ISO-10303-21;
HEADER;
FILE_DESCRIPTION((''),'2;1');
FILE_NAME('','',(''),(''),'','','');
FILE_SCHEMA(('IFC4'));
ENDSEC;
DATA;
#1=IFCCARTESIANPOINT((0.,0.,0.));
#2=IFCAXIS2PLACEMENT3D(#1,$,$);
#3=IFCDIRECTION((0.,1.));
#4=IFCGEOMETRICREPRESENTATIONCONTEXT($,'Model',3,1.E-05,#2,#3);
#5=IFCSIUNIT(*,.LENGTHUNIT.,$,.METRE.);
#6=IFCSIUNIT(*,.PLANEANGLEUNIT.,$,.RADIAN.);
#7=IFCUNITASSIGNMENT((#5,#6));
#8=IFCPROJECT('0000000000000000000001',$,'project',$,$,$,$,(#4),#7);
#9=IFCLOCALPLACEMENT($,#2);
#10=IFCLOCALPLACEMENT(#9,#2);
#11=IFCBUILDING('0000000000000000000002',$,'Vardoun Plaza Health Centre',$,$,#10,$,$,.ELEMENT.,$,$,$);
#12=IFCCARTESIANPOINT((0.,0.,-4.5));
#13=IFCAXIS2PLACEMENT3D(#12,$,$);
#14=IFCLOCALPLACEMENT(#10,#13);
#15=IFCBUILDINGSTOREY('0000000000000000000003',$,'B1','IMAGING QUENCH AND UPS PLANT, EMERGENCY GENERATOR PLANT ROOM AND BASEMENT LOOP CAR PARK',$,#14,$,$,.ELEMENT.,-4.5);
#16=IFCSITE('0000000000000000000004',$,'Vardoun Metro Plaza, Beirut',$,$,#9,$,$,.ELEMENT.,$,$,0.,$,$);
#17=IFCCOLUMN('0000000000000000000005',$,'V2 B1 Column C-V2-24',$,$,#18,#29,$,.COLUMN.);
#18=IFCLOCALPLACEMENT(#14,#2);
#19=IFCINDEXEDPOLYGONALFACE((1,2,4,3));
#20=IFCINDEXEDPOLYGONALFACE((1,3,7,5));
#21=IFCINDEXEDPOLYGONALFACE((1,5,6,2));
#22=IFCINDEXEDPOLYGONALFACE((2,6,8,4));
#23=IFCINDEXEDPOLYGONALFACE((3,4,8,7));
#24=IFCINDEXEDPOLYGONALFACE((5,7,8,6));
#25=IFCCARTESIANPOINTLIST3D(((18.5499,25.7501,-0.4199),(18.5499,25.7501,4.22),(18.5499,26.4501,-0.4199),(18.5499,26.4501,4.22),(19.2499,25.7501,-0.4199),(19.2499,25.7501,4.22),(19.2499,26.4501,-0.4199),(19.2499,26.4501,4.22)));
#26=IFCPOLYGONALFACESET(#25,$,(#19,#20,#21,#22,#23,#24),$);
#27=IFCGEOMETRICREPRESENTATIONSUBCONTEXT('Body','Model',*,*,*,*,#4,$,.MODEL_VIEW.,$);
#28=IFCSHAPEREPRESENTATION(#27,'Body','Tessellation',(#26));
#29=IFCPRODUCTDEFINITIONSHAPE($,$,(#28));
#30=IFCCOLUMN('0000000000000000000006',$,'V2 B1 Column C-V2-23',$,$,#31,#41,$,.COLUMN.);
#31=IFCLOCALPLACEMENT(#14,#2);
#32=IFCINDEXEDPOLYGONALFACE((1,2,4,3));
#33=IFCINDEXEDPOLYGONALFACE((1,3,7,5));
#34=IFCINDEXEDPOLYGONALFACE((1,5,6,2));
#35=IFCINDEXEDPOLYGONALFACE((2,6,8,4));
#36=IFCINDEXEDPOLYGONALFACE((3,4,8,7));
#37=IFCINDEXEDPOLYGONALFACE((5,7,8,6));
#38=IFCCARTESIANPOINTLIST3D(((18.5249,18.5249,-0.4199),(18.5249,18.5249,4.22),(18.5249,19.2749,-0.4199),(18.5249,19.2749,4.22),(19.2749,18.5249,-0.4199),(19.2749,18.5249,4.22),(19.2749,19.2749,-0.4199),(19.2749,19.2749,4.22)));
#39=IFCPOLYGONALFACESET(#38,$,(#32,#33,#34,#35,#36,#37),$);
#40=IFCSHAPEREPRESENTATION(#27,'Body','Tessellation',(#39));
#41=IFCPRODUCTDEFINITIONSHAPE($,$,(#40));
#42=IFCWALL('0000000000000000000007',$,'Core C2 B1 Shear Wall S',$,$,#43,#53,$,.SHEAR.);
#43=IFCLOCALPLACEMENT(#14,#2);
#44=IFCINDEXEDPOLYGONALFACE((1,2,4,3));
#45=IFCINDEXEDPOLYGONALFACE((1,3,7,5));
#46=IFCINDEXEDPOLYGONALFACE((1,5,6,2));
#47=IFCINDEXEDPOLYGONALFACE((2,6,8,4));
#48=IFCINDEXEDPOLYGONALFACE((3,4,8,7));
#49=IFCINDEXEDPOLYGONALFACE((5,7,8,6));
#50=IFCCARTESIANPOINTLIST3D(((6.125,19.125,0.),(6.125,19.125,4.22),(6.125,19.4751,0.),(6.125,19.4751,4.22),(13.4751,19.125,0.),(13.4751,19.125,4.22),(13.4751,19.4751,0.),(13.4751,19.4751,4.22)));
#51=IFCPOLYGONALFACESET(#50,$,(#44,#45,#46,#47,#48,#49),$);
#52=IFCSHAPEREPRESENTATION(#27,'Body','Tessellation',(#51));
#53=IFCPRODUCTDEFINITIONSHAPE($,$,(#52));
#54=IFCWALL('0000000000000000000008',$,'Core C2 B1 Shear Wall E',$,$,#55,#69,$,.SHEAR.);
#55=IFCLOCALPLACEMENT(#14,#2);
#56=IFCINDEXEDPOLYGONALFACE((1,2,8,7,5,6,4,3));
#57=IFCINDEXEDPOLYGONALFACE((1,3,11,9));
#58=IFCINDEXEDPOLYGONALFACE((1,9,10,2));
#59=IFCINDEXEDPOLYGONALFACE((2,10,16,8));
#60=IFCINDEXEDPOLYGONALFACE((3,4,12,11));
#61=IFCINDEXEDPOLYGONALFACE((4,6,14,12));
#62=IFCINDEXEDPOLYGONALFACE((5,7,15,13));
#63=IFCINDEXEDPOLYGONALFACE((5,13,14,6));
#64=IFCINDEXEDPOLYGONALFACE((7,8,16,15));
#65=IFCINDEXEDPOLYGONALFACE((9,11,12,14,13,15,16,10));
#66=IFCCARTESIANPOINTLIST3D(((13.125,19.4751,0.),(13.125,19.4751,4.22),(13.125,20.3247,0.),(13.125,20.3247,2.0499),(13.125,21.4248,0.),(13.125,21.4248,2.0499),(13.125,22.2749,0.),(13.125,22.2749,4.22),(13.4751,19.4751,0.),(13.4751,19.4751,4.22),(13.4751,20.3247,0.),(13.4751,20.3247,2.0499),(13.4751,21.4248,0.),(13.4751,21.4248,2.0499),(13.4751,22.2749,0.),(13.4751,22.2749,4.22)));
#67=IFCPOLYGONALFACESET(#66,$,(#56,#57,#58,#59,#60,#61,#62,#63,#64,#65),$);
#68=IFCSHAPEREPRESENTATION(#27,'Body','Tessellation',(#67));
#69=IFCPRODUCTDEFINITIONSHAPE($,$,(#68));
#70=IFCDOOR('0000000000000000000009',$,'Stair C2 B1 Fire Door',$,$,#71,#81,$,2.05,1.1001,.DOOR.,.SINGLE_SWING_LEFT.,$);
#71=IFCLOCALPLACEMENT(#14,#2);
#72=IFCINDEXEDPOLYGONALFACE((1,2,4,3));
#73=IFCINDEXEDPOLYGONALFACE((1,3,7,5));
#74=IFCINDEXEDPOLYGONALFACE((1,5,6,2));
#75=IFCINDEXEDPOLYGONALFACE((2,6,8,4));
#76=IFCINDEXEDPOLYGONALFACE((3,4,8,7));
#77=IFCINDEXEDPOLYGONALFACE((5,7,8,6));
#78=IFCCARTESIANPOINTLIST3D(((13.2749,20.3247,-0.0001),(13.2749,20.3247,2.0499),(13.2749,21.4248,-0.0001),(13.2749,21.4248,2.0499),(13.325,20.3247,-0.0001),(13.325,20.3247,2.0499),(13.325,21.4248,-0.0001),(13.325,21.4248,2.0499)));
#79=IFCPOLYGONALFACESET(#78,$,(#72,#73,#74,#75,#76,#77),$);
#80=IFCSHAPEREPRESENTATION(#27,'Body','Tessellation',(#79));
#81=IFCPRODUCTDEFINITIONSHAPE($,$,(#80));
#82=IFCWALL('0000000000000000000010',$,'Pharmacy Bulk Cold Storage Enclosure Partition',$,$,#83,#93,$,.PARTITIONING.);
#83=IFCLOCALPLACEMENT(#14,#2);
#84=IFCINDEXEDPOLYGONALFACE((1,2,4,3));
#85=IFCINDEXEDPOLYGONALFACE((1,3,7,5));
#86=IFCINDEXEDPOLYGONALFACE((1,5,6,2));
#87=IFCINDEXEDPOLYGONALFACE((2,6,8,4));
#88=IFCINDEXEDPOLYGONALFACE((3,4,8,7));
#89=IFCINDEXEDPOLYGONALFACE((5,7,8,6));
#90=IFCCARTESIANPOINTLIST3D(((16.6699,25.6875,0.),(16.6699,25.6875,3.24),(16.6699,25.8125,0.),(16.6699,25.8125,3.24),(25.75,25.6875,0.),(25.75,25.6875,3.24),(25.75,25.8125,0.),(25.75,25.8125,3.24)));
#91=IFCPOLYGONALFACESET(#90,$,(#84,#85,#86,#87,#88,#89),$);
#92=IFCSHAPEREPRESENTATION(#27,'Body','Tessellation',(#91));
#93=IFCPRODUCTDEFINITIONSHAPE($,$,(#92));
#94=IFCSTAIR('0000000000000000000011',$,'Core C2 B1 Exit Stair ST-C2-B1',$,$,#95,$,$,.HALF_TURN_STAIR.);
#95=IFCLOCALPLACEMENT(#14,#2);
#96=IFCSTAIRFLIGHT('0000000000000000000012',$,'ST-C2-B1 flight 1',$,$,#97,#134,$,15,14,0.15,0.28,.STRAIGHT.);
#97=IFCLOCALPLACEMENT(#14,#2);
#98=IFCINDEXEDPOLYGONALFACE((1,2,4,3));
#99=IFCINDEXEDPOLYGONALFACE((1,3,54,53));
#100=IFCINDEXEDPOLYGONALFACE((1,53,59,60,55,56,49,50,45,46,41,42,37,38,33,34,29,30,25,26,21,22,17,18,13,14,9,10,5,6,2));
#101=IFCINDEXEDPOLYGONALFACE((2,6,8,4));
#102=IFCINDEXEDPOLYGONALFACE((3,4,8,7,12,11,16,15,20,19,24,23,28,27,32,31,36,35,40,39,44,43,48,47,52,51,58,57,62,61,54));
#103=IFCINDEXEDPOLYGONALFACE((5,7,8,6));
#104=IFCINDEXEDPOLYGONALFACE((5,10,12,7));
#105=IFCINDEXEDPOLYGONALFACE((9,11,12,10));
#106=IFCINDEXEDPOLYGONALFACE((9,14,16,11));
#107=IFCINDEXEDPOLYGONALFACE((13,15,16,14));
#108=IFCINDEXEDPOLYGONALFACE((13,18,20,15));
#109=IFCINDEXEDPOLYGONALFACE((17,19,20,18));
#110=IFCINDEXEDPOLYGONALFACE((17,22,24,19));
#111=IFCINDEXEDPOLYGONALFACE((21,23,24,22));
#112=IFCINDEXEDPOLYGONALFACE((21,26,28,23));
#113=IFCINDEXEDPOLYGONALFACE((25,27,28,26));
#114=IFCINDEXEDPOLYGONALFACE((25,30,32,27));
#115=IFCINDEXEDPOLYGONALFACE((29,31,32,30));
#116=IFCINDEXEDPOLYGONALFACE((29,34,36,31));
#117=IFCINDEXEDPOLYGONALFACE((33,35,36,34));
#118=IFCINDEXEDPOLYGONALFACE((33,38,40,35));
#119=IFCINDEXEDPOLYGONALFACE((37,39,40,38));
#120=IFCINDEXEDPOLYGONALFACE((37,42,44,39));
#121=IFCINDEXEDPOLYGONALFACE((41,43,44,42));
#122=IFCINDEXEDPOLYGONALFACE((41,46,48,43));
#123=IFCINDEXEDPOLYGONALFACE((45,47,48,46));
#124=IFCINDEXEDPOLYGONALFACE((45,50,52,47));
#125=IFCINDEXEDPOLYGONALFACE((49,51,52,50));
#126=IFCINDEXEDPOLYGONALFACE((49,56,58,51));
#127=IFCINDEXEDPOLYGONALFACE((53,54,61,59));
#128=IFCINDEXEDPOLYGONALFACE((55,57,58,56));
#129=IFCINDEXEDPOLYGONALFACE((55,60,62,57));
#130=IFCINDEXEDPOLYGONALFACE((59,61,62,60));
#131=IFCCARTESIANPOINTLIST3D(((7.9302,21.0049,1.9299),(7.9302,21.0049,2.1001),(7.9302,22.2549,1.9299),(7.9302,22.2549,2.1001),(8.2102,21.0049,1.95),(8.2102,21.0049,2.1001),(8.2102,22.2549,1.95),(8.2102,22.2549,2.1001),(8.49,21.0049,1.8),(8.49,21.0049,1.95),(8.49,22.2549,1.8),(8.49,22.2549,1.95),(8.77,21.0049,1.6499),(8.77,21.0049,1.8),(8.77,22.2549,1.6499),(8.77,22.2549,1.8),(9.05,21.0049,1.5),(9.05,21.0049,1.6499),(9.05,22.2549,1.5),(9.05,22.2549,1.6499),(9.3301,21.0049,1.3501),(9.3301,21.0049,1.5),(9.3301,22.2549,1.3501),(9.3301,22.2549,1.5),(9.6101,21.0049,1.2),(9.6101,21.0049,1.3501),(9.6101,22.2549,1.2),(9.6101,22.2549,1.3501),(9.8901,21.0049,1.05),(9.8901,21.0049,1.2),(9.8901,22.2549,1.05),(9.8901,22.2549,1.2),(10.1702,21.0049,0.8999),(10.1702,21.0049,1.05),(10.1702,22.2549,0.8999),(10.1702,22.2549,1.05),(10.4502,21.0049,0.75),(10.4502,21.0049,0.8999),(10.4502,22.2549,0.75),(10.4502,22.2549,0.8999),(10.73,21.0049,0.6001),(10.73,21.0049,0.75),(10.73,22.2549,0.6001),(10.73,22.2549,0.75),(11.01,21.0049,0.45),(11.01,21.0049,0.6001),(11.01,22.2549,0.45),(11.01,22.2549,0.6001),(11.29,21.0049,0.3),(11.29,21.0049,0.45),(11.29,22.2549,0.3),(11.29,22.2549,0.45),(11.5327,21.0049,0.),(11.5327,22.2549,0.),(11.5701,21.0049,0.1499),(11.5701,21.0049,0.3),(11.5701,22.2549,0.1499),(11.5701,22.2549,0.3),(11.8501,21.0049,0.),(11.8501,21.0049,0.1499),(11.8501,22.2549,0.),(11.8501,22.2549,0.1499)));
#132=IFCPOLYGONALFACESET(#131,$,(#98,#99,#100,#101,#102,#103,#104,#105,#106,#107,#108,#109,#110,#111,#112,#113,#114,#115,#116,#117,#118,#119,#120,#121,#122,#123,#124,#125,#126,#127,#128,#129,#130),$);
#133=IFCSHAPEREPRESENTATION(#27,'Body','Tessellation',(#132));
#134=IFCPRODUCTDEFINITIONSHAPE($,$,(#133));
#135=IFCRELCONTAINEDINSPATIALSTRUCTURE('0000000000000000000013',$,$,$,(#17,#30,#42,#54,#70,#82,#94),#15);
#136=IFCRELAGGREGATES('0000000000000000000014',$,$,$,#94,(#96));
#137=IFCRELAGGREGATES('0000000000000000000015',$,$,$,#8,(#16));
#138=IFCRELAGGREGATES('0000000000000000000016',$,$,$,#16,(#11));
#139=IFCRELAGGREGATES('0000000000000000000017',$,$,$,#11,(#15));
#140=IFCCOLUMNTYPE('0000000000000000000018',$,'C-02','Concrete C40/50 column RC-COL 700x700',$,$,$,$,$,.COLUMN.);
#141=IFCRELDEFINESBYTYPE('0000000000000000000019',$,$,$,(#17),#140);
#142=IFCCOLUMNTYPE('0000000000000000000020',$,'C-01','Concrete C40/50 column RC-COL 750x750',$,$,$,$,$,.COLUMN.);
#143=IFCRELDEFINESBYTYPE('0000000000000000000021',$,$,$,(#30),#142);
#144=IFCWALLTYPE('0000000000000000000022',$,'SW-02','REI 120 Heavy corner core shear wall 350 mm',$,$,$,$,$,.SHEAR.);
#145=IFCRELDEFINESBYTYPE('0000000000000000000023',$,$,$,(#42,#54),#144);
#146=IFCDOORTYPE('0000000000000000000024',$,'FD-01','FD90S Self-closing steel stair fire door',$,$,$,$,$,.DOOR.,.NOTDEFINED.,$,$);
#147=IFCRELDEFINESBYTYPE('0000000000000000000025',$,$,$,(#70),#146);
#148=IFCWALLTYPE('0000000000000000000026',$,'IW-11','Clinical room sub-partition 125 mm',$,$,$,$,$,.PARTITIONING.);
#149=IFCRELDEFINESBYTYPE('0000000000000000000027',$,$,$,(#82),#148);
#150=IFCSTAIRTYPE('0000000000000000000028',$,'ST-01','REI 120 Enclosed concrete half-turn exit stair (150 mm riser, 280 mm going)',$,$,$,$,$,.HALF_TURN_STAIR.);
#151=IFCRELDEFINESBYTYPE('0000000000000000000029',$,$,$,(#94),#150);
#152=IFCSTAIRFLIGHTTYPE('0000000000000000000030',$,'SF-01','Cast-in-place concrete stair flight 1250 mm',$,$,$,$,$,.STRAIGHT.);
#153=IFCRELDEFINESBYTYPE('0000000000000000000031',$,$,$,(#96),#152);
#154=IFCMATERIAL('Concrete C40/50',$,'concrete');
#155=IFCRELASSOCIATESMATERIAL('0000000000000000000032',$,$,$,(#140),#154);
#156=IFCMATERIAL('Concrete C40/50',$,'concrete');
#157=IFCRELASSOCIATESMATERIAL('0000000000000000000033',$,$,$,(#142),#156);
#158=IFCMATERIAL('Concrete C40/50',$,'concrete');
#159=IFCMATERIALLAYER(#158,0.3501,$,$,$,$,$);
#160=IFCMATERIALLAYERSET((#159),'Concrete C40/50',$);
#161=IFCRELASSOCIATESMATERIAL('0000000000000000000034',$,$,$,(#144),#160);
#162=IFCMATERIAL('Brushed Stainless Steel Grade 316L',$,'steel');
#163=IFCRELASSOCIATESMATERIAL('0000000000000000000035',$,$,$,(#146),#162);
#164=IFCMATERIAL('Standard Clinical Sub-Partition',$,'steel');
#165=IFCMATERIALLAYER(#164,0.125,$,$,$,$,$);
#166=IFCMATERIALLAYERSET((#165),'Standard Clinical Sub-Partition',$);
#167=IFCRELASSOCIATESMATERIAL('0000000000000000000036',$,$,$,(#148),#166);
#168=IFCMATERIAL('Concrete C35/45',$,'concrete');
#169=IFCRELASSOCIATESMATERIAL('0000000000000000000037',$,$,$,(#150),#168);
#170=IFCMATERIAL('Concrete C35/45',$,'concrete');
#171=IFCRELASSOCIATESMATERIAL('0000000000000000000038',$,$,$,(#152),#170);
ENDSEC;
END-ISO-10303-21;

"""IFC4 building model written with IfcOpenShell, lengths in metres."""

from ifc_helpers import new_model, si_unit, direction, frame, frame_2d, origin, origin_2d, place, context, subcontext, project, spatial, polyline, rectangle, outline, extrude, material, layer, layer_set, material_profile, profile_set, type_object, element, fill, aggregate, save


model = new_model("IFC4")

# Units and contexts
model_context = context("Model", 3, precision=1e-05, world=origin(), true_north=direction((0.0, 1.0)))
body_context = subcontext(model_context, "Body", "Model", "MODEL_VIEW")
ifc_project = project(units=[si_unit("LENGTHUNIT", "METRE"), si_unit("PLANEANGLEUNIT", "RADIAN")], contexts=[model_context])

# Site, building, storey
site_placement = place(None, origin())
site = spatial("IfcSite", under=ifc_project, at=site_placement, Name="Vardoun Metro Plaza, Beirut", CompositionType="ELEMENT", RefElevation=0.0)
building_placement = place(site_placement, origin())
building = spatial("IfcBuilding", under=site, at=building_placement, Name="Vardoun Plaza Health Centre", CompositionType="ELEMENT")
storey_placement = place(building_placement, frame((0.0, 0.0, -4.5)))
storey = spatial("IfcBuildingStorey", under=building, at=storey_placement, Name="B1", Description="IMAGING QUENCH AND UPS PLANT, EMERGENCY GENERATOR PLANT ROOM AND BASEMENT LOOP CAR PARK", CompositionType="ELEMENT", Elevation=-4.5)

# Columns
ifc_material_1 = material(Name="Concrete C40/50", Category="concrete")
ifc_material_profile_1 = material_profile(ifc_material_1, rectangle(XDim=0.7, YDim=0.7, at=origin_2d()), Name="RC-COL 700x700")
ifc_profile_set_1 = profile_set([ifc_material_profile_1], Name="Concrete C40/50")
column_type_1 = type_object("IfcColumnType", Name="C-02", Description="Concrete C40/50 column RC-COL 700x700", PredefinedType="COLUMN", material=ifc_profile_set_1)
column_1_placement = place(storey_placement, frame((18.8999, 26.1001, -0.4199), z_axis=(0.0, 0.0, 1.0), x_axis=(1.0, 0.0, 0.0)))
element("IfcColumn", 1, at=column_1_placement, inside=storey, type_object=column_type_1, Name="V2 B1 Column C-V2-24", PredefinedType="COLUMN", context=body_context, shape_type="SweptSolid", body=[
    extrude(rectangle(XDim=0.7, YDim=0.7, at=origin_2d()), origin(), (0.0, 0.0, 1.0), 4.6399),
])
ifc_material_2 = material(Name="Concrete C40/50", Category="concrete")
ifc_material_profile_2 = material_profile(ifc_material_2, rectangle(XDim=0.75, YDim=0.75, at=origin_2d()), Name="RC-COL 750x750")
ifc_profile_set_2 = profile_set([ifc_material_profile_2], Name="Concrete C40/50")
column_type_2 = type_object("IfcColumnType", Name="C-01", Description="Concrete C40/50 column RC-COL 750x750", PredefinedType="COLUMN", material=ifc_profile_set_2)
column_2_placement = place(storey_placement, frame((18.8999, 18.8999, -0.4199), z_axis=(0.0, 0.0, 1.0), x_axis=(1.0, 0.0, 0.0)))
element("IfcColumn", 2, at=column_2_placement, inside=storey, type_object=column_type_2, Name="V2 B1 Column C-V2-23", PredefinedType="COLUMN", context=body_context, shape_type="SweptSolid", body=[
    extrude(rectangle(XDim=0.75, YDim=0.75, at=origin_2d()), origin(), (0.0, 0.0, 1.0), 4.6399),
])

# Wall
ifc_material_3 = material(Name="Concrete C40/50", Category="concrete")
ifc_layer_1 = layer(ifc_material_3, 0.3501)
ifc_layer_set_1 = layer_set([ifc_layer_1], Name="Concrete C40/50")
wall_type_1 = type_object("IfcWallType", Name="SW-02", Description="REI 120 Heavy corner core shear wall 350 mm", PredefinedType="SHEAR", material=ifc_layer_set_1)
wall_1_placement = place(storey_placement, frame((13.4751, 19.3, 0.0), z_axis=(0.0, 0.0, 1.0), x_axis=(-1.0, 0.0, 0.0)))
element("IfcWall", 3, at=wall_1_placement, inside=storey, type_object=wall_type_1, Name="Core C2 B1 Shear Wall S", PredefinedType="SHEAR", context=body_context, shape_type="SweptSolid", body=[
    extrude(rectangle(XDim=7.3501, YDim=0.3501, at=frame_2d((3.675, 0.0))), origin(), (0.0, 0.0, 1.0), 4.22),
])

# Wall, opening, door
wall_2_placement = place(storey_placement, frame((13.3, 22.2749, 0.0), z_axis=(0.0, 0.0, 1.0), x_axis=(0.0, -1.0, 0.0)))
wall_2 = element("IfcWall", 4, at=wall_2_placement, inside=storey, type_object=wall_type_1, Name="Core C2 B1 Shear Wall E", PredefinedType="SHEAR", context=body_context, shape_type="SweptSolid", body=[
    extrude(rectangle(XDim=2.7998, YDim=0.3501, at=frame_2d((1.3999, 0.0))), origin(), (0.0, 0.0, 1.0), 4.22),
])
opening_1_placement = place(wall_2_placement, frame((0.8501, 0.0, 0.0)))
opening_1 = element("IfcOpeningElement", 5, at=opening_1_placement, cuts=wall_2, PredefinedType="OPENING", context=body_context, shape_type="SweptSolid", body=[
    extrude(rectangle(XDim=1.1001, YDim=2.05, at=frame_2d((0.55, 1.0249))), frame((0.0, 0.175, 0.0), z_axis=(0.0, -1.0, 0.0), x_axis=(1.0, 0.0, 0.0)), (0.0, 0.0, 1.0), 0.3501),
])
ifc_material_4 = material(Name="Brushed Stainless Steel Grade 316L", Category="steel")
door_type_1 = type_object("IfcDoorType", Name="FD-01", Description="FD90S Self-closing steel stair fire door", OperationType="NOTDEFINED", PredefinedType="DOOR", material=ifc_material_4)
door_1_placement = place(opening_1_placement, origin())
door_1 = element("IfcDoor", 6, at=door_1_placement, inside=storey, type_object=door_type_1, Name="Stair C2 B1 Fire Door", OperationType="SINGLE_SWING_LEFT", OverallHeight=2.05, OverallWidth=1.1001, PredefinedType="DOOR", context=body_context, shape_type="SweptSolid", body=[
    extrude(rectangle(XDim=1.1001, YDim=2.05, at=frame_2d((0.55, 1.0249))), frame((0.0, 0.0249, 0.0), z_axis=(0.0, -1.0, 0.0), x_axis=(1.0, 0.0, 0.0)), (0.0, 0.0, 1.0), 0.05),
])
fill(opening_1, door_1)

# Wall
ifc_material_5 = material(Name="Standard Clinical Sub-Partition", Category="steel")
ifc_layer_2 = layer(ifc_material_5, 0.125)
ifc_layer_set_2 = layer_set([ifc_layer_2], Name="Standard Clinical Sub-Partition")
wall_type_2 = type_object("IfcWallType", Name="IW-11", Description="Clinical room sub-partition 125 mm", PredefinedType="PARTITIONING", material=ifc_layer_set_2)
wall_3_placement = place(storey_placement, frame((16.6699, 25.75, 0.0), z_axis=(0.0, 0.0, 1.0), x_axis=(1.0, 0.0, 0.0)))
element("IfcWall", 7, at=wall_3_placement, inside=storey, type_object=wall_type_2, Name="Pharmacy Bulk Cold Storage Enclosure Partition", PredefinedType="PARTITIONING", context=body_context, shape_type="SweptSolid", body=[
    extrude(rectangle(XDim=9.0801, YDim=0.125, at=frame_2d((4.54, 0.0))), origin(), (0.0, 0.0, 1.0), 3.24),
])

# Stair, stair flight
ifc_material_6 = material(Name="Concrete C35/45", Category="concrete")
stair_type = type_object("IfcStairType", Name="ST-01", Description="REI 120 Enclosed concrete half-turn exit stair (150 mm riser, 280 mm going)", PredefinedType="HALF_TURN_STAIR", material=ifc_material_6)
stair_placement = place(storey_placement, origin())
stair = element("IfcStair", 8, at=stair_placement, inside=storey, type_object=stair_type, Name="Core C2 B1 Exit Stair ST-C2-B1", PredefinedType="HALF_TURN_STAIR")
ifc_material_7 = material(Name="Concrete C35/45", Category="concrete")
stair_flight_type = type_object("IfcStairFlightType", Name="SF-01", Description="Cast-in-place concrete stair flight 1250 mm", PredefinedType="STRAIGHT", material=ifc_material_7)
stair_flight_placement = place(storey_placement, frame((11.8501, 21.6299, 0.0), z_axis=(0.0, 0.0, 1.0), x_axis=(-1.0, 0.0, 0.0)))
stair_flight = element("IfcStairFlight", 9, at=stair_flight_placement, type_object=stair_flight_type, Name="ST-C2-B1 flight 1", NumberOfRisers=15, NumberOfTreads=14, PredefinedType="STRAIGHT", RiserHeight=0.15, TreadLength=0.28, context=body_context, shape_type="SweptSolid", body=[
    extrude(outline(polyline([(0.0, 0.0), (0.0, 0.1499), (0.28, 0.1499), (0.28, 0.3), (0.5601, 0.3), (0.5601, 0.45), (0.8401, 0.45), (0.8401, 0.6001), (1.1201, 0.6001), (1.1201, 0.75), (1.3999, 0.75), (1.3999, 0.8999), (1.6799, 0.8999), (1.6799, 1.05), (1.96, 1.05), (1.96, 1.2), (2.24, 1.2), (2.24, 1.3501), (2.52, 1.3501), (2.52, 1.5), (2.8, 1.5), (2.8, 1.6499), (3.0801, 1.6499), (3.0801, 1.8), (3.3601, 1.8), (3.3601, 1.95), (3.6399, 1.95), (3.6399, 2.1001), (3.9199, 2.1001), (3.9199, 2.25), (3.9199, 1.9299), (0.3174, 0.0), (0.0, 0.0)])), frame((0.0, 0.625, 0.0), z_axis=(0.0, -1.0, 0.0), x_axis=(1.0, 0.0, 0.0)), (0.0, 0.0, 1.0), 1.25),
])
aggregate(stair, [stair_flight])

save(model, "model.ifc")
